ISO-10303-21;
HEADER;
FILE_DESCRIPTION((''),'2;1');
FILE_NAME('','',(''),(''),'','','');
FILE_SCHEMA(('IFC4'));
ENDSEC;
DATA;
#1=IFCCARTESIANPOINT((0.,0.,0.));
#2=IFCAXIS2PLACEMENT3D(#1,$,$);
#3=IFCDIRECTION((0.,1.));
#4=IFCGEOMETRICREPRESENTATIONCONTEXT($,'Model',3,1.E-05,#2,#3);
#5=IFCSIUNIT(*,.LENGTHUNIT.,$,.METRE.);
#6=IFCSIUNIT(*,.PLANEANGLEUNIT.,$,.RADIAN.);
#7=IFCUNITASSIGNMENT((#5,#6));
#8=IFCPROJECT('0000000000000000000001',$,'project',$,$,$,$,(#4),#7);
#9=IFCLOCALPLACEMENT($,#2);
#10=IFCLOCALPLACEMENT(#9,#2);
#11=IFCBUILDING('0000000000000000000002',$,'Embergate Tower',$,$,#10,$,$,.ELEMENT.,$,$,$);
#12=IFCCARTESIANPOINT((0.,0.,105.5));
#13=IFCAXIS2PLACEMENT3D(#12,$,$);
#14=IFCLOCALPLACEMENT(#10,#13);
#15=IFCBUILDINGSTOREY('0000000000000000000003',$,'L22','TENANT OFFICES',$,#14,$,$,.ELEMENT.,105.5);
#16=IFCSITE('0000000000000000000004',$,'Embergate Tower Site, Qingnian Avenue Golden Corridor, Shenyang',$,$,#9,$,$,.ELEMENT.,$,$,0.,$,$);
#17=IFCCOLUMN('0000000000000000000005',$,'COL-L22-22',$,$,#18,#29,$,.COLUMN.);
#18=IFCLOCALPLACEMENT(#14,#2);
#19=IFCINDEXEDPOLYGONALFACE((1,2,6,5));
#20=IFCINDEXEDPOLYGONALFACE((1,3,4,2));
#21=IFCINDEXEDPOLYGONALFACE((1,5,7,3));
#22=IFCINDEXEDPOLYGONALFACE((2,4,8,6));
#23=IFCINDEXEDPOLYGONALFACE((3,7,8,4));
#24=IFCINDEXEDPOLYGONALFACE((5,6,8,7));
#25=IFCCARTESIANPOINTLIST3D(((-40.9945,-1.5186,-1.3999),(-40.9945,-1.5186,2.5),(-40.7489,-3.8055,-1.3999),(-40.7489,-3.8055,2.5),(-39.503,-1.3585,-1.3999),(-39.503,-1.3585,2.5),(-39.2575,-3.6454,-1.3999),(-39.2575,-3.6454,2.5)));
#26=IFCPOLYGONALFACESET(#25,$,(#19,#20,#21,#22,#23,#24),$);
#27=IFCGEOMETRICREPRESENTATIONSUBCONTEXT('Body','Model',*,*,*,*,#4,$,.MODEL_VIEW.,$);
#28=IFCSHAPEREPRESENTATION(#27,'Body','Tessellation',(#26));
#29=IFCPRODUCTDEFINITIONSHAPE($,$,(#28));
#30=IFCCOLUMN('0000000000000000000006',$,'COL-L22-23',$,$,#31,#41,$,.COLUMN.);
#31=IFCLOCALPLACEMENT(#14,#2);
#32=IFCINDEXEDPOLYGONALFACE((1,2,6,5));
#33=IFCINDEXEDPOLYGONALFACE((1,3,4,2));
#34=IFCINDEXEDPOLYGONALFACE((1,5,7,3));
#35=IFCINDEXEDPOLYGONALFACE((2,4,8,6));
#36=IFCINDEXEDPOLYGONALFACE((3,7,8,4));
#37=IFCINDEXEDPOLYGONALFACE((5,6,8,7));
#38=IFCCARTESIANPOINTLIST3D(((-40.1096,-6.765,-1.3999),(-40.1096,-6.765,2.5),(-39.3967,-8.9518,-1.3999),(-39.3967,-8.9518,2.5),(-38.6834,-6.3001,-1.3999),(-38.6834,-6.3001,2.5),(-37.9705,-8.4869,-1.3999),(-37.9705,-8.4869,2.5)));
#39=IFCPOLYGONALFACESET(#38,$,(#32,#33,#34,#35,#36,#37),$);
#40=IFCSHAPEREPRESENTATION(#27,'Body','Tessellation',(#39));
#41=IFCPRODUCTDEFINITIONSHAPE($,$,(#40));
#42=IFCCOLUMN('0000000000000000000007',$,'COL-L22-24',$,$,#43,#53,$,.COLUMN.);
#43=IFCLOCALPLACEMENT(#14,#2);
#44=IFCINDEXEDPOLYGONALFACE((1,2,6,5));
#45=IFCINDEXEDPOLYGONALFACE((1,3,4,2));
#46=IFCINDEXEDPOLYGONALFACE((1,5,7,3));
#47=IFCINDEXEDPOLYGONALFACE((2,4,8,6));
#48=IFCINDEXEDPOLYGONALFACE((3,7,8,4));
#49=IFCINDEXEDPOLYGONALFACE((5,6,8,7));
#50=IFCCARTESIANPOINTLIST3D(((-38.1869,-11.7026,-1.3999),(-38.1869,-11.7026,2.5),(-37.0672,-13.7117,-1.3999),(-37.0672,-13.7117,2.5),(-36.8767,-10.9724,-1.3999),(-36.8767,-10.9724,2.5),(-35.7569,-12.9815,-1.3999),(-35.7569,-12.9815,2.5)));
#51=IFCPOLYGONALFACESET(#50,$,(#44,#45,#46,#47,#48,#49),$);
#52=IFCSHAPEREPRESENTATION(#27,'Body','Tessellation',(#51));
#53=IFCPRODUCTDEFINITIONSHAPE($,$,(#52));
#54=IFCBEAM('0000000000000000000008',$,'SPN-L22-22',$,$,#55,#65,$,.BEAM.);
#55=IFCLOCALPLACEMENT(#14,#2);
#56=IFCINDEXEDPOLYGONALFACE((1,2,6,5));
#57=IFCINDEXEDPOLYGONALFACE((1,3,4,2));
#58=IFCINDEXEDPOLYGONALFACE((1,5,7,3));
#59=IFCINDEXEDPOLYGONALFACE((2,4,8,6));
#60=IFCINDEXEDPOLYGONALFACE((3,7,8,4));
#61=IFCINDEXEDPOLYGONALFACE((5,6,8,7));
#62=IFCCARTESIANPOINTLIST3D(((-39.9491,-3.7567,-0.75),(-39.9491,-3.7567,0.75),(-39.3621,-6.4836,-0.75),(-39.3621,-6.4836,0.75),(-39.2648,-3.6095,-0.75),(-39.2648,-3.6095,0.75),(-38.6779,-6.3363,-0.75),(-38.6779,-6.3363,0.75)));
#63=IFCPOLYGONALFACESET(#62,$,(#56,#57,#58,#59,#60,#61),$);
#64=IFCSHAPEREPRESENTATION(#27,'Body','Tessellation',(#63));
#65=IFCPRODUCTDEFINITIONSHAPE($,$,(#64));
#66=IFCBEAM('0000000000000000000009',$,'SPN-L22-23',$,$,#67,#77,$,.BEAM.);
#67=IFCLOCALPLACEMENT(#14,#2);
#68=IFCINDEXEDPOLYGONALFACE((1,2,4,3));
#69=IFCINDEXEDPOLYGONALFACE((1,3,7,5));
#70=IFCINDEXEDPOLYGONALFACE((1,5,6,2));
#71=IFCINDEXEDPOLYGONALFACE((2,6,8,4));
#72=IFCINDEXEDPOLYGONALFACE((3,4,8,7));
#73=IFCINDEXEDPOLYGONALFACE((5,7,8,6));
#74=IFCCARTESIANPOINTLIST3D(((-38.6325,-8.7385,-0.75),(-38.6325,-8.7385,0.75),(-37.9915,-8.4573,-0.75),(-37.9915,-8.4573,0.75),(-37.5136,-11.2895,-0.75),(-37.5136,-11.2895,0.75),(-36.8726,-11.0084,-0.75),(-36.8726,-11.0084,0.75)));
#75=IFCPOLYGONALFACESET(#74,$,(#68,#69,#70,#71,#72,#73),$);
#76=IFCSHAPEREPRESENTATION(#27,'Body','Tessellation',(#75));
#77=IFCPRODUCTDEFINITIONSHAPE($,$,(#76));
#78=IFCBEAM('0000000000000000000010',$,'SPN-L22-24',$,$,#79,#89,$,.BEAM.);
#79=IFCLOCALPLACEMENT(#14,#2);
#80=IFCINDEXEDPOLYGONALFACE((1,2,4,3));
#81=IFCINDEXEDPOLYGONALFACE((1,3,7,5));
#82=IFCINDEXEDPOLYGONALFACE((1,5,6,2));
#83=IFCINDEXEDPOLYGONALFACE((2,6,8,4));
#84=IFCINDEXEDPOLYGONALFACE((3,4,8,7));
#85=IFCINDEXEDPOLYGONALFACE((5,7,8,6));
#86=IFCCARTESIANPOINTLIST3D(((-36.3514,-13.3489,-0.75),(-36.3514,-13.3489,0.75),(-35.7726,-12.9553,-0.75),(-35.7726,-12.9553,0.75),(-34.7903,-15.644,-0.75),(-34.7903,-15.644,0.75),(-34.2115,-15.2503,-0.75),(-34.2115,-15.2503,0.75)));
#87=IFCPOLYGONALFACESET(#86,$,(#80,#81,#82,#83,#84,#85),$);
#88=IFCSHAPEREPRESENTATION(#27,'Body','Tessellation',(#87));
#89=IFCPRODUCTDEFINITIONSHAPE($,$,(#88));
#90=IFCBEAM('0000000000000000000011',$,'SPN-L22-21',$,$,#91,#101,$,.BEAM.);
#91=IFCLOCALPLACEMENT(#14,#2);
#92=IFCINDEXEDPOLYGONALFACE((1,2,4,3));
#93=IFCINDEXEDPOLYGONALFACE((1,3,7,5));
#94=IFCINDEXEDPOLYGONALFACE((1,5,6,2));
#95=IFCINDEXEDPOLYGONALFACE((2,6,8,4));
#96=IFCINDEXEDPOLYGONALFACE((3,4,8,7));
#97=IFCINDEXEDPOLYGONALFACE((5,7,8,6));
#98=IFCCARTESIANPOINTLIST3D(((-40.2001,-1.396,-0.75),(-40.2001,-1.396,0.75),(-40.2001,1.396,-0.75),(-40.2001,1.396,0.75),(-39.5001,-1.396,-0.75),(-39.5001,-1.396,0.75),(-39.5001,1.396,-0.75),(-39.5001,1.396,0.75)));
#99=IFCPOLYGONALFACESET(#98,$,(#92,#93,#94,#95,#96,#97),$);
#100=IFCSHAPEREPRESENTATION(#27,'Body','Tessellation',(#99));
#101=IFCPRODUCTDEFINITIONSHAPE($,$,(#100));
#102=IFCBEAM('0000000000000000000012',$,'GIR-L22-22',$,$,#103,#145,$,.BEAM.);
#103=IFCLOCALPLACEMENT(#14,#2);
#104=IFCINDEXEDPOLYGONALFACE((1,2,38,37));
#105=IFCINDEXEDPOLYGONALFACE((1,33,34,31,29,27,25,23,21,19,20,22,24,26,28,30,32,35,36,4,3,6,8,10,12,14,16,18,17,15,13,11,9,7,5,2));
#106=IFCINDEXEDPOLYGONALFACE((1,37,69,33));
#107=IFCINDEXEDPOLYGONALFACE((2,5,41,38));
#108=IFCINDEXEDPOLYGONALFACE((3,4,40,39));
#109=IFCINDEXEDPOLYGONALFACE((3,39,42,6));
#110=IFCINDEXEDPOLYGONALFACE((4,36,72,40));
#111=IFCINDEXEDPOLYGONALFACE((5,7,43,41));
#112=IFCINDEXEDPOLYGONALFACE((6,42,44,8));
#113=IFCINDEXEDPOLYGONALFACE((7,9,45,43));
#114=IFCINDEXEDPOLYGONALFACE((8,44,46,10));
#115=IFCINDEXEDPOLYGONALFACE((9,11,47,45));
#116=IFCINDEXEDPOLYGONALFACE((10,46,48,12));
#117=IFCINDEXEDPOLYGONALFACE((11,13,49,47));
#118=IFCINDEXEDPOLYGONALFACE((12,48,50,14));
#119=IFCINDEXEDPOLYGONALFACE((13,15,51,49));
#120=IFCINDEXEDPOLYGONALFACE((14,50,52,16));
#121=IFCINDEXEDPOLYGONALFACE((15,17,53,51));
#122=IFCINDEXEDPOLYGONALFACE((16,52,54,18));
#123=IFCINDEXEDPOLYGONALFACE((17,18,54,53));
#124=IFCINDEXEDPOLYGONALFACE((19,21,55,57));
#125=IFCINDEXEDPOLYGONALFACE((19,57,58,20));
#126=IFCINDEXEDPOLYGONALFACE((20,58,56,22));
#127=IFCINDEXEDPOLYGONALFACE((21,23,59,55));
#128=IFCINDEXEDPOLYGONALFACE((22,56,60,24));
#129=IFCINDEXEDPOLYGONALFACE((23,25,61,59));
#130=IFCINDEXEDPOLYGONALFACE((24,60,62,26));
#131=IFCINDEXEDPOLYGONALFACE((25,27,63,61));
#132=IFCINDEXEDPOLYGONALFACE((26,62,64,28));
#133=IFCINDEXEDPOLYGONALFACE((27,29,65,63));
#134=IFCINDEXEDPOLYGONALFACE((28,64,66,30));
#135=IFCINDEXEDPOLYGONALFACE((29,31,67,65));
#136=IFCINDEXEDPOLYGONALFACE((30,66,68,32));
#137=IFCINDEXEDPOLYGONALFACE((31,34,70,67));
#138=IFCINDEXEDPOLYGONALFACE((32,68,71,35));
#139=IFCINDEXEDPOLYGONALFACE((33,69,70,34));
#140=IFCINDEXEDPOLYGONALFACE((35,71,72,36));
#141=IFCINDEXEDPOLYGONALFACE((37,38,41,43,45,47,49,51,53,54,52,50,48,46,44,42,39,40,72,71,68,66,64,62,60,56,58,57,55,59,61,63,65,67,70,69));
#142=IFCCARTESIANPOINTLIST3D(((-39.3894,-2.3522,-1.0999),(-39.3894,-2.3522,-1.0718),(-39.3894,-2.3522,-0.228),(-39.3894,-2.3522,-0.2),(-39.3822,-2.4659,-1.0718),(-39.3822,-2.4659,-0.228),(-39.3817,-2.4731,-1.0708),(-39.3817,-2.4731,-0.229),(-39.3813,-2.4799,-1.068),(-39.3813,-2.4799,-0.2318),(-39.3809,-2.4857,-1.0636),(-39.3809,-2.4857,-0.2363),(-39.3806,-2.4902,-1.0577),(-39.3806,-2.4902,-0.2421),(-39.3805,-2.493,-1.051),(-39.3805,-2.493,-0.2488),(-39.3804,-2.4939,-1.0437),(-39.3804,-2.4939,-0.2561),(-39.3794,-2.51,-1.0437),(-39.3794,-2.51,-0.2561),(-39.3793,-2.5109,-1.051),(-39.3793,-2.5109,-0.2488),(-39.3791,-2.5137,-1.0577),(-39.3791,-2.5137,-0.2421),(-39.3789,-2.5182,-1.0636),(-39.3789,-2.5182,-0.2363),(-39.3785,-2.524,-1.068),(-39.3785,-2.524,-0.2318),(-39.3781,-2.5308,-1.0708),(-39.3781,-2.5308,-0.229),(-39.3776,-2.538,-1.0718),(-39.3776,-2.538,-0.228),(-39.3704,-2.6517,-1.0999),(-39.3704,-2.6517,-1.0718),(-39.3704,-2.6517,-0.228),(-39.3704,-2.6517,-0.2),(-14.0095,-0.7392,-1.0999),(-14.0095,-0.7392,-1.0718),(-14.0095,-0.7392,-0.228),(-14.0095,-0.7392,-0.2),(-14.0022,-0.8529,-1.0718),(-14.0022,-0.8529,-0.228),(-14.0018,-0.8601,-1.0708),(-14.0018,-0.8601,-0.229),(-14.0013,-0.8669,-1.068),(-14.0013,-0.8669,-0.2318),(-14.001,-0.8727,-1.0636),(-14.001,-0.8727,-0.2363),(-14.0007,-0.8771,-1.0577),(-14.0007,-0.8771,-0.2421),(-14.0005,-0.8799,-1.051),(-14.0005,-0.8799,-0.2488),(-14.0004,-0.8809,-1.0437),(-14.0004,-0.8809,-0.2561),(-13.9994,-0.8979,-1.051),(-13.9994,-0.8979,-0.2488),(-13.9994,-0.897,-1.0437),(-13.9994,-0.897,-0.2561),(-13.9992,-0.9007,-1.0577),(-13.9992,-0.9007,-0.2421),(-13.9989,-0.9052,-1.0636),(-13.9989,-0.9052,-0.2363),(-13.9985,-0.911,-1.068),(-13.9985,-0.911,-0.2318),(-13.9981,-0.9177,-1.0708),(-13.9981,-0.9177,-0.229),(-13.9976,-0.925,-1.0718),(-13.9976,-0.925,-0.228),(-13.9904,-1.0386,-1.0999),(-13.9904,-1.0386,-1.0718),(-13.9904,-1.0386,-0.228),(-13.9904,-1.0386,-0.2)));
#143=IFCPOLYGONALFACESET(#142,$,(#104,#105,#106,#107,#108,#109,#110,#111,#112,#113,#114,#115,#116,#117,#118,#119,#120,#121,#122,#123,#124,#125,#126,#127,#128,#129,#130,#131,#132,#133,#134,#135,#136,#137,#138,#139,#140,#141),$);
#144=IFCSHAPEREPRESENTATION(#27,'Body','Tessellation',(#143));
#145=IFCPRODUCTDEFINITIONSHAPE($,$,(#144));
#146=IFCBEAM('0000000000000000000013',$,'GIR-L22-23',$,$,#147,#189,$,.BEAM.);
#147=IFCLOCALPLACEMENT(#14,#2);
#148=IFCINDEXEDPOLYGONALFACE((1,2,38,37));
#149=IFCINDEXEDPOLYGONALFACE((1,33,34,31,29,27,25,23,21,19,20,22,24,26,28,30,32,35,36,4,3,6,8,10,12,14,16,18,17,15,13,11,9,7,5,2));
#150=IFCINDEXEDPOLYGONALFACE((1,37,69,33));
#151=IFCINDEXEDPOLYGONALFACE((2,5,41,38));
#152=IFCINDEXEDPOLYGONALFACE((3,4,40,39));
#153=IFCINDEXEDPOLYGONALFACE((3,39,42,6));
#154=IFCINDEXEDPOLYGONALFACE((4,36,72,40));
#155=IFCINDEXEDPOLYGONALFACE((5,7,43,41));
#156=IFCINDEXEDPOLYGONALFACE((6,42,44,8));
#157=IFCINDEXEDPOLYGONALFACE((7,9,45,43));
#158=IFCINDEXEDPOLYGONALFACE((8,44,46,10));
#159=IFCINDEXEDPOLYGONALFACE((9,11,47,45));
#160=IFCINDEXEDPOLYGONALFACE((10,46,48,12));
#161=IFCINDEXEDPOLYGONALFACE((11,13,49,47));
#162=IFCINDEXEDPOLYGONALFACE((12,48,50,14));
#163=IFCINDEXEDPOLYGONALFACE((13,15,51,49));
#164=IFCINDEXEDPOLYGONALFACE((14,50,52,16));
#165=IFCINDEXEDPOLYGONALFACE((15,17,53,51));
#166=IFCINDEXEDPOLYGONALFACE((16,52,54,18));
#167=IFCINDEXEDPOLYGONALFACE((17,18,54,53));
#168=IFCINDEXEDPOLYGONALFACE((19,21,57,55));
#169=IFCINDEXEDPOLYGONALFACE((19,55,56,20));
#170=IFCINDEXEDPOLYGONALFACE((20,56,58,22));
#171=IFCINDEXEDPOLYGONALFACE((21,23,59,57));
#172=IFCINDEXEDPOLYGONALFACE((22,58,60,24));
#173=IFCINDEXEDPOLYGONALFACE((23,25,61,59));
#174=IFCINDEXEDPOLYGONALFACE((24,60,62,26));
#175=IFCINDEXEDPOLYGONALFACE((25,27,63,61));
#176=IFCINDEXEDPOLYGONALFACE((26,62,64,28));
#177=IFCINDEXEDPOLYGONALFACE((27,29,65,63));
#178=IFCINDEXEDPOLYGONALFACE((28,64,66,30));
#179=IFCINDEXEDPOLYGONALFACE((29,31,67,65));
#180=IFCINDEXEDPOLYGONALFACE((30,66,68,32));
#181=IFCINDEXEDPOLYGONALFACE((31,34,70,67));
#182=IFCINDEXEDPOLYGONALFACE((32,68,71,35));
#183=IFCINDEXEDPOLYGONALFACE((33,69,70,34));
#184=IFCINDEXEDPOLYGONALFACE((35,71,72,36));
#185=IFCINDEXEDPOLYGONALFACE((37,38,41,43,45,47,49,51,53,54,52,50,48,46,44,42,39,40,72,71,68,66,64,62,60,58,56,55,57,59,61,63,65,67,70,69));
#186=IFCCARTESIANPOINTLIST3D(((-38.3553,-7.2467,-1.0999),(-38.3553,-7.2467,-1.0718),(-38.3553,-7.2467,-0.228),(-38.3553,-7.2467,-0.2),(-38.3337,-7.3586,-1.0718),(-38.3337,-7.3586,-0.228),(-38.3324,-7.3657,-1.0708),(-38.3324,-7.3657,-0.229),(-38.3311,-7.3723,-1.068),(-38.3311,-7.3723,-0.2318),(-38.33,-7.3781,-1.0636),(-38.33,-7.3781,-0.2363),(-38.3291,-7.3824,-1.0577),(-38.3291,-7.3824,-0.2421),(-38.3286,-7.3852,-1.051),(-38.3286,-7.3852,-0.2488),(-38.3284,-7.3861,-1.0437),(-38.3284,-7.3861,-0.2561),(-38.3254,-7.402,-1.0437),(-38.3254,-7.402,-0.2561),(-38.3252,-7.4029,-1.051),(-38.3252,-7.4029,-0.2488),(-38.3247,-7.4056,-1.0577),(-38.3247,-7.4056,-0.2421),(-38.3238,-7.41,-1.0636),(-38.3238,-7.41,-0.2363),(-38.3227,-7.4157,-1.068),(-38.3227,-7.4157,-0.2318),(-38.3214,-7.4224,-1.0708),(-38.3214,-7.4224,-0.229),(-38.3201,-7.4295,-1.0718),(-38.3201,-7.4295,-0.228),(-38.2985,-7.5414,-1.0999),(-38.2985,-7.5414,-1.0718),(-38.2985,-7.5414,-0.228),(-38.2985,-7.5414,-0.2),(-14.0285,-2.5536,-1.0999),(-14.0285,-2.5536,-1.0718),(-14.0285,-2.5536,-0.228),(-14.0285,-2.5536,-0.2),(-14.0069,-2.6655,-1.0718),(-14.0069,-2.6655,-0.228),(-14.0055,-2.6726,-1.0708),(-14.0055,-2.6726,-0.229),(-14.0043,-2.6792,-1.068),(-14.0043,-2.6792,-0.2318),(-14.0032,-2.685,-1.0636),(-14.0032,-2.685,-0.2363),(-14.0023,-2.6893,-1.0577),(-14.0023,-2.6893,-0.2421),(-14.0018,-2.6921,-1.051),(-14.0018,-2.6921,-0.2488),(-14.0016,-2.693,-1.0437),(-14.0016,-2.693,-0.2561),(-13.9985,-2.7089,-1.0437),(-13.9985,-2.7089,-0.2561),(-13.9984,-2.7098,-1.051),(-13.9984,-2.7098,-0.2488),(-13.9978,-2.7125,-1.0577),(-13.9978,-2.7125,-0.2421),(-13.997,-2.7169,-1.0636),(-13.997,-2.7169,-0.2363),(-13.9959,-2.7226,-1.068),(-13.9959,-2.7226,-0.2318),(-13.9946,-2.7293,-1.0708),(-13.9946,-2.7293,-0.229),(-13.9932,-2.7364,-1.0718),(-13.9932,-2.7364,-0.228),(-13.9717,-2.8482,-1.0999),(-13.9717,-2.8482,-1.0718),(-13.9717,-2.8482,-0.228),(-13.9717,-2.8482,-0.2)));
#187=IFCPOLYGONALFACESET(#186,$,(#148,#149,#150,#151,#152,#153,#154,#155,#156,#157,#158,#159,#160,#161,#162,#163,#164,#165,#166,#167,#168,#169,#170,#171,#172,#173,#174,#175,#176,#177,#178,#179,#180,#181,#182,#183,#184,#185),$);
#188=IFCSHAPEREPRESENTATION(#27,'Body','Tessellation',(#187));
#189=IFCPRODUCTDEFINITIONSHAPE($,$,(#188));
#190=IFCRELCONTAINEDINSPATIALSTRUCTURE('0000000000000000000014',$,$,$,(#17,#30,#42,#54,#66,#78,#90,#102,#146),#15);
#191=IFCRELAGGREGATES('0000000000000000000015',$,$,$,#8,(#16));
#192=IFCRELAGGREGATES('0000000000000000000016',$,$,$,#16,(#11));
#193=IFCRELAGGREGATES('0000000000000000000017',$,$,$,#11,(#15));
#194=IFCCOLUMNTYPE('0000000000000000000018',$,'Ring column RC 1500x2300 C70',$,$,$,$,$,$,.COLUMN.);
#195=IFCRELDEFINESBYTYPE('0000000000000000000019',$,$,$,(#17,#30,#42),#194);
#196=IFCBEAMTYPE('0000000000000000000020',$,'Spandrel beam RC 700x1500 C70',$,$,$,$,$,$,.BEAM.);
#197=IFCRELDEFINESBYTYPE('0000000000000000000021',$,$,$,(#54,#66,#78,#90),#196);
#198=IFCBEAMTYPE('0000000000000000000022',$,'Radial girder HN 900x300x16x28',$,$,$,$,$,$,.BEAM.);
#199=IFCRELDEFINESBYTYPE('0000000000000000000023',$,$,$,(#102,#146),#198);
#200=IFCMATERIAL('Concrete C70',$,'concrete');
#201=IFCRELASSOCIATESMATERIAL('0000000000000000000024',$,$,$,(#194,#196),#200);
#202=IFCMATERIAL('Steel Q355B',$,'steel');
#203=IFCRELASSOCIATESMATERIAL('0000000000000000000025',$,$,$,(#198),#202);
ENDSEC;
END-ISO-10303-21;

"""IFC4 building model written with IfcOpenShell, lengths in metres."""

from ifc_helpers import new_model, si_unit, direction, frame, origin, origin_2d, place, context, subcontext, project, spatial, rectangle, i_section, extrude, source, transform, mapped, material, material_profile, profile_set, type_object, element, save


model = new_model("IFC4")

# Units and contexts
model_context = context("Model", 3, precision=1e-05, world=origin(), true_north=direction((0.0, 1.0)))
body_context = subcontext(model_context, "Body", "Model", "MODEL_VIEW")
ifc_project = project(units=[si_unit("LENGTHUNIT", "METRE"), si_unit("PLANEANGLEUNIT", "RADIAN")], contexts=[model_context])

# Site, building, storey
site_placement = place(None, origin())
site = spatial("IfcSite", under=ifc_project, at=site_placement, Name="Embergate Tower Site, Qingnian Avenue Golden Corridor, Shenyang", CompositionType="ELEMENT", RefElevation=0.0)
building_placement = place(site_placement, origin())
building = spatial("IfcBuilding", under=site, at=building_placement, Name="Embergate Tower", CompositionType="ELEMENT")
storey_placement = place(building_placement, frame((0.0, 0.0, 105.5)))
storey = spatial("IfcBuildingStorey", under=building, at=storey_placement, Name="L22", Description="TENANT OFFICES", CompositionType="ELEMENT", Elevation=105.5)

# Columns
ifc_material_1 = material(Name="Concrete C70", Category="concrete")
ifc_material_profile_1 = material_profile(ifc_material_1, rectangle(XDim=1.5, YDim=2.3, at=origin_2d()), Name="RC 1500x2300")
ifc_profile_set_1 = profile_set([ifc_material_profile_1], Name="Concrete C70")
column_type = type_object("IfcColumnType", Name="Ring column RC 1500x2300 C70", PredefinedType="COLUMN", material=ifc_profile_set_1)
shared_shape_1 = source(origin(), body_context, "Body", "SweptSolid", [
    extrude(rectangle(XDim=1.5, YDim=2.3, at=origin_2d()), origin(), (0.0, 0.0, 1.0), 3.8999),
])
for number, where, z_axis, x_axis, name in (
    (1, (-40.126, -2.582, -1.3999), (0.0, 0.0, 1.0), (-0.994286, -0.10675, 0.0), "COL-L22-22"),
    (2, (-39.04, -7.626, -1.3999), (0.0, 0.0, 1.0), (-0.950754, -0.309946, 0.0), "COL-L22-23"),
    (3, (-36.9719, -12.342, -1.3999), (0.0, 0.0, 1.0), (-0.8735, -0.486823, 0.0), "COL-L22-24"),
):
    element("IfcColumn", number, at=place(storey_placement, frame(where, z_axis=z_axis, x_axis=x_axis)), inside=storey, type_object=column_type, Name=name, PredefinedType="COLUMN", context=body_context, shape_type="MappedRepresentation", body=[
        mapped(shared_shape_1, transform((0.0, 0.0, 0.0))),
    ])

# Beams
ifc_material_profile_2 = material_profile(ifc_material_1, rectangle(XDim=0.7, YDim=1.5, at=origin_2d()), Name="RC 700x1500")
ifc_profile_set_2 = profile_set([ifc_material_profile_2], Name="Concrete C70")
beam_type_1 = type_object("IfcBeamType", Name="Spandrel beam RC 700x1500 C70", PredefinedType="BEAM", material=ifc_profile_set_2)
shared_shape_2 = source(origin(), body_context, "Body", "SweptSolid", [
    extrude(rectangle(XDim=0.7, YDim=1.5, at=origin_2d()), origin(), (0.0, 0.0, 1.0), 2.7893),
])
beam_1_placement = place(storey_placement, frame((-39.6069, -3.6831, 0.0), z_axis=(0.21042, -0.977611, 0.0), x_axis=(0.977611, 0.21042, 0.0)))
element("IfcBeam", 4, at=beam_1_placement, inside=storey, type_object=beam_type_1, Name="SPN-L22-22", PredefinedType="BEAM", context=body_context, shape_type="MappedRepresentation", body=[
    mapped(shared_shape_2, transform((0.0, 0.0, 0.0))),
])
shared_shape_3 = source(origin(), body_context, "Body", "SweptSolid", [
    extrude(rectangle(XDim=0.7, YDim=1.5, at=origin_2d()), origin(), (0.0, 0.0, 1.0), 2.7856),
])
beam_2_placement = place(storey_placement, frame((-38.312, -8.5979, 0.0), z_axis=(0.401669, -0.915785, 0.0), x_axis=(0.915785, 0.401669, 0.0)))
element("IfcBeam", 5, at=beam_2_placement, inside=storey, type_object=beam_type_1, Name="SPN-L22-23", PredefinedType="BEAM", context=body_context, shape_type="MappedRepresentation", body=[
    mapped(shared_shape_3, transform((0.0, 0.0, 0.0))),
])
shared_shape_4 = source(origin(), body_context, "Body", "SweptSolid", [
    extrude(rectangle(XDim=0.7, YDim=1.5, at=origin_2d()), origin(), (0.0, 0.0, 1.0), 2.7756),
])
beam_3_placement = place(storey_placement, frame((-36.062, -13.1521, 0.0), z_axis=(0.56243, -0.826845, 0.0), x_axis=(0.826845, 0.56243, 0.0)))
element("IfcBeam", 6, at=beam_3_placement, inside=storey, type_object=beam_type_1, Name="SPN-L22-24", PredefinedType="BEAM", context=body_context, shape_type="MappedRepresentation", body=[
    mapped(shared_shape_4, transform((0.0, 0.0, 0.0))),
])
shared_shape_5 = source(origin(), body_context, "Body", "SweptSolid", [
    extrude(rectangle(XDim=0.7, YDim=1.5, at=origin_2d()), origin(), (0.0, 0.0, 1.0), 2.792),
])
beam_4_placement = place(storey_placement, frame((-39.8501, 1.396, 0.0), z_axis=(0.0, -1.0, 0.0), x_axis=(1.0, 0.0, 0.0)))
element("IfcBeam", 7, at=beam_4_placement, inside=storey, type_object=beam_type_1, Name="SPN-L22-21", PredefinedType="BEAM", context=body_context, shape_type="MappedRepresentation", body=[
    mapped(shared_shape_5, transform((0.0, 0.0, 0.0))),
])
ifc_material_2 = material(Name="Steel Q355B", Category="steel")
ifc_material_profile_3 = material_profile(ifc_material_2, i_section(OverallWidth=0.3, OverallDepth=0.8999, WebThickness=0.0161, FlangeThickness=0.0281, FilletRadius=0.0281, at=origin_2d()), Name="HN 900x300x16x28")
ifc_profile_set_3 = profile_set([ifc_material_profile_3], Name="Steel Q355 grade B")
beam_type_2 = type_object("IfcBeamType", Name="Radial girder HN 900x300x16x28", PredefinedType="BEAM", material=ifc_profile_set_3)
shared_shape_6 = source(origin(), body_context, "Body", "SweptSolid", [
    extrude(i_section(OverallWidth=0.3, OverallDepth=0.8999, WebThickness=0.0161, FlangeThickness=0.0281, FilletRadius=0.0281, at=origin_2d()), origin(), (0.0, 0.0, 1.0), 25.4312),
])
beam_5_placement = place(storey_placement, frame((-39.3799, -2.502, -0.6499), z_axis=(0.997986, 0.063428, 0.0), x_axis=(-0.063428, 0.997986, 0.0)))
element("IfcBeam", 8, at=beam_5_placement, inside=storey, type_object=beam_type_2, Name="GIR-L22-22", PredefinedType="BEAM", context=body_context, shape_type="MappedRepresentation", body=[
    mapped(shared_shape_6, transform((0.0, 0.0, 0.0))),
])
shared_shape_7 = source(origin(), body_context, "Body", "SweptSolid", [
    extrude(i_section(OverallWidth=0.3, OverallDepth=0.8999, WebThickness=0.0161, FlangeThickness=0.0281, FilletRadius=0.0281, at=origin_2d()), origin(), (0.0, 0.0, 1.0), 24.7754),
])
beam_6_placement = place(storey_placement, frame((-38.3269, -7.394, -0.6499), z_axis=(0.981895, 0.189426, 0.0), x_axis=(-0.189426, 0.981895, 0.0)))
element("IfcBeam", 9, at=beam_6_placement, inside=storey, type_object=beam_type_2, Name="GIR-L22-23", PredefinedType="BEAM", context=body_context, shape_type="MappedRepresentation", body=[
    mapped(shared_shape_7, transform((0.0, 0.0, 0.0))),
])

save(model, "model.ifc")
